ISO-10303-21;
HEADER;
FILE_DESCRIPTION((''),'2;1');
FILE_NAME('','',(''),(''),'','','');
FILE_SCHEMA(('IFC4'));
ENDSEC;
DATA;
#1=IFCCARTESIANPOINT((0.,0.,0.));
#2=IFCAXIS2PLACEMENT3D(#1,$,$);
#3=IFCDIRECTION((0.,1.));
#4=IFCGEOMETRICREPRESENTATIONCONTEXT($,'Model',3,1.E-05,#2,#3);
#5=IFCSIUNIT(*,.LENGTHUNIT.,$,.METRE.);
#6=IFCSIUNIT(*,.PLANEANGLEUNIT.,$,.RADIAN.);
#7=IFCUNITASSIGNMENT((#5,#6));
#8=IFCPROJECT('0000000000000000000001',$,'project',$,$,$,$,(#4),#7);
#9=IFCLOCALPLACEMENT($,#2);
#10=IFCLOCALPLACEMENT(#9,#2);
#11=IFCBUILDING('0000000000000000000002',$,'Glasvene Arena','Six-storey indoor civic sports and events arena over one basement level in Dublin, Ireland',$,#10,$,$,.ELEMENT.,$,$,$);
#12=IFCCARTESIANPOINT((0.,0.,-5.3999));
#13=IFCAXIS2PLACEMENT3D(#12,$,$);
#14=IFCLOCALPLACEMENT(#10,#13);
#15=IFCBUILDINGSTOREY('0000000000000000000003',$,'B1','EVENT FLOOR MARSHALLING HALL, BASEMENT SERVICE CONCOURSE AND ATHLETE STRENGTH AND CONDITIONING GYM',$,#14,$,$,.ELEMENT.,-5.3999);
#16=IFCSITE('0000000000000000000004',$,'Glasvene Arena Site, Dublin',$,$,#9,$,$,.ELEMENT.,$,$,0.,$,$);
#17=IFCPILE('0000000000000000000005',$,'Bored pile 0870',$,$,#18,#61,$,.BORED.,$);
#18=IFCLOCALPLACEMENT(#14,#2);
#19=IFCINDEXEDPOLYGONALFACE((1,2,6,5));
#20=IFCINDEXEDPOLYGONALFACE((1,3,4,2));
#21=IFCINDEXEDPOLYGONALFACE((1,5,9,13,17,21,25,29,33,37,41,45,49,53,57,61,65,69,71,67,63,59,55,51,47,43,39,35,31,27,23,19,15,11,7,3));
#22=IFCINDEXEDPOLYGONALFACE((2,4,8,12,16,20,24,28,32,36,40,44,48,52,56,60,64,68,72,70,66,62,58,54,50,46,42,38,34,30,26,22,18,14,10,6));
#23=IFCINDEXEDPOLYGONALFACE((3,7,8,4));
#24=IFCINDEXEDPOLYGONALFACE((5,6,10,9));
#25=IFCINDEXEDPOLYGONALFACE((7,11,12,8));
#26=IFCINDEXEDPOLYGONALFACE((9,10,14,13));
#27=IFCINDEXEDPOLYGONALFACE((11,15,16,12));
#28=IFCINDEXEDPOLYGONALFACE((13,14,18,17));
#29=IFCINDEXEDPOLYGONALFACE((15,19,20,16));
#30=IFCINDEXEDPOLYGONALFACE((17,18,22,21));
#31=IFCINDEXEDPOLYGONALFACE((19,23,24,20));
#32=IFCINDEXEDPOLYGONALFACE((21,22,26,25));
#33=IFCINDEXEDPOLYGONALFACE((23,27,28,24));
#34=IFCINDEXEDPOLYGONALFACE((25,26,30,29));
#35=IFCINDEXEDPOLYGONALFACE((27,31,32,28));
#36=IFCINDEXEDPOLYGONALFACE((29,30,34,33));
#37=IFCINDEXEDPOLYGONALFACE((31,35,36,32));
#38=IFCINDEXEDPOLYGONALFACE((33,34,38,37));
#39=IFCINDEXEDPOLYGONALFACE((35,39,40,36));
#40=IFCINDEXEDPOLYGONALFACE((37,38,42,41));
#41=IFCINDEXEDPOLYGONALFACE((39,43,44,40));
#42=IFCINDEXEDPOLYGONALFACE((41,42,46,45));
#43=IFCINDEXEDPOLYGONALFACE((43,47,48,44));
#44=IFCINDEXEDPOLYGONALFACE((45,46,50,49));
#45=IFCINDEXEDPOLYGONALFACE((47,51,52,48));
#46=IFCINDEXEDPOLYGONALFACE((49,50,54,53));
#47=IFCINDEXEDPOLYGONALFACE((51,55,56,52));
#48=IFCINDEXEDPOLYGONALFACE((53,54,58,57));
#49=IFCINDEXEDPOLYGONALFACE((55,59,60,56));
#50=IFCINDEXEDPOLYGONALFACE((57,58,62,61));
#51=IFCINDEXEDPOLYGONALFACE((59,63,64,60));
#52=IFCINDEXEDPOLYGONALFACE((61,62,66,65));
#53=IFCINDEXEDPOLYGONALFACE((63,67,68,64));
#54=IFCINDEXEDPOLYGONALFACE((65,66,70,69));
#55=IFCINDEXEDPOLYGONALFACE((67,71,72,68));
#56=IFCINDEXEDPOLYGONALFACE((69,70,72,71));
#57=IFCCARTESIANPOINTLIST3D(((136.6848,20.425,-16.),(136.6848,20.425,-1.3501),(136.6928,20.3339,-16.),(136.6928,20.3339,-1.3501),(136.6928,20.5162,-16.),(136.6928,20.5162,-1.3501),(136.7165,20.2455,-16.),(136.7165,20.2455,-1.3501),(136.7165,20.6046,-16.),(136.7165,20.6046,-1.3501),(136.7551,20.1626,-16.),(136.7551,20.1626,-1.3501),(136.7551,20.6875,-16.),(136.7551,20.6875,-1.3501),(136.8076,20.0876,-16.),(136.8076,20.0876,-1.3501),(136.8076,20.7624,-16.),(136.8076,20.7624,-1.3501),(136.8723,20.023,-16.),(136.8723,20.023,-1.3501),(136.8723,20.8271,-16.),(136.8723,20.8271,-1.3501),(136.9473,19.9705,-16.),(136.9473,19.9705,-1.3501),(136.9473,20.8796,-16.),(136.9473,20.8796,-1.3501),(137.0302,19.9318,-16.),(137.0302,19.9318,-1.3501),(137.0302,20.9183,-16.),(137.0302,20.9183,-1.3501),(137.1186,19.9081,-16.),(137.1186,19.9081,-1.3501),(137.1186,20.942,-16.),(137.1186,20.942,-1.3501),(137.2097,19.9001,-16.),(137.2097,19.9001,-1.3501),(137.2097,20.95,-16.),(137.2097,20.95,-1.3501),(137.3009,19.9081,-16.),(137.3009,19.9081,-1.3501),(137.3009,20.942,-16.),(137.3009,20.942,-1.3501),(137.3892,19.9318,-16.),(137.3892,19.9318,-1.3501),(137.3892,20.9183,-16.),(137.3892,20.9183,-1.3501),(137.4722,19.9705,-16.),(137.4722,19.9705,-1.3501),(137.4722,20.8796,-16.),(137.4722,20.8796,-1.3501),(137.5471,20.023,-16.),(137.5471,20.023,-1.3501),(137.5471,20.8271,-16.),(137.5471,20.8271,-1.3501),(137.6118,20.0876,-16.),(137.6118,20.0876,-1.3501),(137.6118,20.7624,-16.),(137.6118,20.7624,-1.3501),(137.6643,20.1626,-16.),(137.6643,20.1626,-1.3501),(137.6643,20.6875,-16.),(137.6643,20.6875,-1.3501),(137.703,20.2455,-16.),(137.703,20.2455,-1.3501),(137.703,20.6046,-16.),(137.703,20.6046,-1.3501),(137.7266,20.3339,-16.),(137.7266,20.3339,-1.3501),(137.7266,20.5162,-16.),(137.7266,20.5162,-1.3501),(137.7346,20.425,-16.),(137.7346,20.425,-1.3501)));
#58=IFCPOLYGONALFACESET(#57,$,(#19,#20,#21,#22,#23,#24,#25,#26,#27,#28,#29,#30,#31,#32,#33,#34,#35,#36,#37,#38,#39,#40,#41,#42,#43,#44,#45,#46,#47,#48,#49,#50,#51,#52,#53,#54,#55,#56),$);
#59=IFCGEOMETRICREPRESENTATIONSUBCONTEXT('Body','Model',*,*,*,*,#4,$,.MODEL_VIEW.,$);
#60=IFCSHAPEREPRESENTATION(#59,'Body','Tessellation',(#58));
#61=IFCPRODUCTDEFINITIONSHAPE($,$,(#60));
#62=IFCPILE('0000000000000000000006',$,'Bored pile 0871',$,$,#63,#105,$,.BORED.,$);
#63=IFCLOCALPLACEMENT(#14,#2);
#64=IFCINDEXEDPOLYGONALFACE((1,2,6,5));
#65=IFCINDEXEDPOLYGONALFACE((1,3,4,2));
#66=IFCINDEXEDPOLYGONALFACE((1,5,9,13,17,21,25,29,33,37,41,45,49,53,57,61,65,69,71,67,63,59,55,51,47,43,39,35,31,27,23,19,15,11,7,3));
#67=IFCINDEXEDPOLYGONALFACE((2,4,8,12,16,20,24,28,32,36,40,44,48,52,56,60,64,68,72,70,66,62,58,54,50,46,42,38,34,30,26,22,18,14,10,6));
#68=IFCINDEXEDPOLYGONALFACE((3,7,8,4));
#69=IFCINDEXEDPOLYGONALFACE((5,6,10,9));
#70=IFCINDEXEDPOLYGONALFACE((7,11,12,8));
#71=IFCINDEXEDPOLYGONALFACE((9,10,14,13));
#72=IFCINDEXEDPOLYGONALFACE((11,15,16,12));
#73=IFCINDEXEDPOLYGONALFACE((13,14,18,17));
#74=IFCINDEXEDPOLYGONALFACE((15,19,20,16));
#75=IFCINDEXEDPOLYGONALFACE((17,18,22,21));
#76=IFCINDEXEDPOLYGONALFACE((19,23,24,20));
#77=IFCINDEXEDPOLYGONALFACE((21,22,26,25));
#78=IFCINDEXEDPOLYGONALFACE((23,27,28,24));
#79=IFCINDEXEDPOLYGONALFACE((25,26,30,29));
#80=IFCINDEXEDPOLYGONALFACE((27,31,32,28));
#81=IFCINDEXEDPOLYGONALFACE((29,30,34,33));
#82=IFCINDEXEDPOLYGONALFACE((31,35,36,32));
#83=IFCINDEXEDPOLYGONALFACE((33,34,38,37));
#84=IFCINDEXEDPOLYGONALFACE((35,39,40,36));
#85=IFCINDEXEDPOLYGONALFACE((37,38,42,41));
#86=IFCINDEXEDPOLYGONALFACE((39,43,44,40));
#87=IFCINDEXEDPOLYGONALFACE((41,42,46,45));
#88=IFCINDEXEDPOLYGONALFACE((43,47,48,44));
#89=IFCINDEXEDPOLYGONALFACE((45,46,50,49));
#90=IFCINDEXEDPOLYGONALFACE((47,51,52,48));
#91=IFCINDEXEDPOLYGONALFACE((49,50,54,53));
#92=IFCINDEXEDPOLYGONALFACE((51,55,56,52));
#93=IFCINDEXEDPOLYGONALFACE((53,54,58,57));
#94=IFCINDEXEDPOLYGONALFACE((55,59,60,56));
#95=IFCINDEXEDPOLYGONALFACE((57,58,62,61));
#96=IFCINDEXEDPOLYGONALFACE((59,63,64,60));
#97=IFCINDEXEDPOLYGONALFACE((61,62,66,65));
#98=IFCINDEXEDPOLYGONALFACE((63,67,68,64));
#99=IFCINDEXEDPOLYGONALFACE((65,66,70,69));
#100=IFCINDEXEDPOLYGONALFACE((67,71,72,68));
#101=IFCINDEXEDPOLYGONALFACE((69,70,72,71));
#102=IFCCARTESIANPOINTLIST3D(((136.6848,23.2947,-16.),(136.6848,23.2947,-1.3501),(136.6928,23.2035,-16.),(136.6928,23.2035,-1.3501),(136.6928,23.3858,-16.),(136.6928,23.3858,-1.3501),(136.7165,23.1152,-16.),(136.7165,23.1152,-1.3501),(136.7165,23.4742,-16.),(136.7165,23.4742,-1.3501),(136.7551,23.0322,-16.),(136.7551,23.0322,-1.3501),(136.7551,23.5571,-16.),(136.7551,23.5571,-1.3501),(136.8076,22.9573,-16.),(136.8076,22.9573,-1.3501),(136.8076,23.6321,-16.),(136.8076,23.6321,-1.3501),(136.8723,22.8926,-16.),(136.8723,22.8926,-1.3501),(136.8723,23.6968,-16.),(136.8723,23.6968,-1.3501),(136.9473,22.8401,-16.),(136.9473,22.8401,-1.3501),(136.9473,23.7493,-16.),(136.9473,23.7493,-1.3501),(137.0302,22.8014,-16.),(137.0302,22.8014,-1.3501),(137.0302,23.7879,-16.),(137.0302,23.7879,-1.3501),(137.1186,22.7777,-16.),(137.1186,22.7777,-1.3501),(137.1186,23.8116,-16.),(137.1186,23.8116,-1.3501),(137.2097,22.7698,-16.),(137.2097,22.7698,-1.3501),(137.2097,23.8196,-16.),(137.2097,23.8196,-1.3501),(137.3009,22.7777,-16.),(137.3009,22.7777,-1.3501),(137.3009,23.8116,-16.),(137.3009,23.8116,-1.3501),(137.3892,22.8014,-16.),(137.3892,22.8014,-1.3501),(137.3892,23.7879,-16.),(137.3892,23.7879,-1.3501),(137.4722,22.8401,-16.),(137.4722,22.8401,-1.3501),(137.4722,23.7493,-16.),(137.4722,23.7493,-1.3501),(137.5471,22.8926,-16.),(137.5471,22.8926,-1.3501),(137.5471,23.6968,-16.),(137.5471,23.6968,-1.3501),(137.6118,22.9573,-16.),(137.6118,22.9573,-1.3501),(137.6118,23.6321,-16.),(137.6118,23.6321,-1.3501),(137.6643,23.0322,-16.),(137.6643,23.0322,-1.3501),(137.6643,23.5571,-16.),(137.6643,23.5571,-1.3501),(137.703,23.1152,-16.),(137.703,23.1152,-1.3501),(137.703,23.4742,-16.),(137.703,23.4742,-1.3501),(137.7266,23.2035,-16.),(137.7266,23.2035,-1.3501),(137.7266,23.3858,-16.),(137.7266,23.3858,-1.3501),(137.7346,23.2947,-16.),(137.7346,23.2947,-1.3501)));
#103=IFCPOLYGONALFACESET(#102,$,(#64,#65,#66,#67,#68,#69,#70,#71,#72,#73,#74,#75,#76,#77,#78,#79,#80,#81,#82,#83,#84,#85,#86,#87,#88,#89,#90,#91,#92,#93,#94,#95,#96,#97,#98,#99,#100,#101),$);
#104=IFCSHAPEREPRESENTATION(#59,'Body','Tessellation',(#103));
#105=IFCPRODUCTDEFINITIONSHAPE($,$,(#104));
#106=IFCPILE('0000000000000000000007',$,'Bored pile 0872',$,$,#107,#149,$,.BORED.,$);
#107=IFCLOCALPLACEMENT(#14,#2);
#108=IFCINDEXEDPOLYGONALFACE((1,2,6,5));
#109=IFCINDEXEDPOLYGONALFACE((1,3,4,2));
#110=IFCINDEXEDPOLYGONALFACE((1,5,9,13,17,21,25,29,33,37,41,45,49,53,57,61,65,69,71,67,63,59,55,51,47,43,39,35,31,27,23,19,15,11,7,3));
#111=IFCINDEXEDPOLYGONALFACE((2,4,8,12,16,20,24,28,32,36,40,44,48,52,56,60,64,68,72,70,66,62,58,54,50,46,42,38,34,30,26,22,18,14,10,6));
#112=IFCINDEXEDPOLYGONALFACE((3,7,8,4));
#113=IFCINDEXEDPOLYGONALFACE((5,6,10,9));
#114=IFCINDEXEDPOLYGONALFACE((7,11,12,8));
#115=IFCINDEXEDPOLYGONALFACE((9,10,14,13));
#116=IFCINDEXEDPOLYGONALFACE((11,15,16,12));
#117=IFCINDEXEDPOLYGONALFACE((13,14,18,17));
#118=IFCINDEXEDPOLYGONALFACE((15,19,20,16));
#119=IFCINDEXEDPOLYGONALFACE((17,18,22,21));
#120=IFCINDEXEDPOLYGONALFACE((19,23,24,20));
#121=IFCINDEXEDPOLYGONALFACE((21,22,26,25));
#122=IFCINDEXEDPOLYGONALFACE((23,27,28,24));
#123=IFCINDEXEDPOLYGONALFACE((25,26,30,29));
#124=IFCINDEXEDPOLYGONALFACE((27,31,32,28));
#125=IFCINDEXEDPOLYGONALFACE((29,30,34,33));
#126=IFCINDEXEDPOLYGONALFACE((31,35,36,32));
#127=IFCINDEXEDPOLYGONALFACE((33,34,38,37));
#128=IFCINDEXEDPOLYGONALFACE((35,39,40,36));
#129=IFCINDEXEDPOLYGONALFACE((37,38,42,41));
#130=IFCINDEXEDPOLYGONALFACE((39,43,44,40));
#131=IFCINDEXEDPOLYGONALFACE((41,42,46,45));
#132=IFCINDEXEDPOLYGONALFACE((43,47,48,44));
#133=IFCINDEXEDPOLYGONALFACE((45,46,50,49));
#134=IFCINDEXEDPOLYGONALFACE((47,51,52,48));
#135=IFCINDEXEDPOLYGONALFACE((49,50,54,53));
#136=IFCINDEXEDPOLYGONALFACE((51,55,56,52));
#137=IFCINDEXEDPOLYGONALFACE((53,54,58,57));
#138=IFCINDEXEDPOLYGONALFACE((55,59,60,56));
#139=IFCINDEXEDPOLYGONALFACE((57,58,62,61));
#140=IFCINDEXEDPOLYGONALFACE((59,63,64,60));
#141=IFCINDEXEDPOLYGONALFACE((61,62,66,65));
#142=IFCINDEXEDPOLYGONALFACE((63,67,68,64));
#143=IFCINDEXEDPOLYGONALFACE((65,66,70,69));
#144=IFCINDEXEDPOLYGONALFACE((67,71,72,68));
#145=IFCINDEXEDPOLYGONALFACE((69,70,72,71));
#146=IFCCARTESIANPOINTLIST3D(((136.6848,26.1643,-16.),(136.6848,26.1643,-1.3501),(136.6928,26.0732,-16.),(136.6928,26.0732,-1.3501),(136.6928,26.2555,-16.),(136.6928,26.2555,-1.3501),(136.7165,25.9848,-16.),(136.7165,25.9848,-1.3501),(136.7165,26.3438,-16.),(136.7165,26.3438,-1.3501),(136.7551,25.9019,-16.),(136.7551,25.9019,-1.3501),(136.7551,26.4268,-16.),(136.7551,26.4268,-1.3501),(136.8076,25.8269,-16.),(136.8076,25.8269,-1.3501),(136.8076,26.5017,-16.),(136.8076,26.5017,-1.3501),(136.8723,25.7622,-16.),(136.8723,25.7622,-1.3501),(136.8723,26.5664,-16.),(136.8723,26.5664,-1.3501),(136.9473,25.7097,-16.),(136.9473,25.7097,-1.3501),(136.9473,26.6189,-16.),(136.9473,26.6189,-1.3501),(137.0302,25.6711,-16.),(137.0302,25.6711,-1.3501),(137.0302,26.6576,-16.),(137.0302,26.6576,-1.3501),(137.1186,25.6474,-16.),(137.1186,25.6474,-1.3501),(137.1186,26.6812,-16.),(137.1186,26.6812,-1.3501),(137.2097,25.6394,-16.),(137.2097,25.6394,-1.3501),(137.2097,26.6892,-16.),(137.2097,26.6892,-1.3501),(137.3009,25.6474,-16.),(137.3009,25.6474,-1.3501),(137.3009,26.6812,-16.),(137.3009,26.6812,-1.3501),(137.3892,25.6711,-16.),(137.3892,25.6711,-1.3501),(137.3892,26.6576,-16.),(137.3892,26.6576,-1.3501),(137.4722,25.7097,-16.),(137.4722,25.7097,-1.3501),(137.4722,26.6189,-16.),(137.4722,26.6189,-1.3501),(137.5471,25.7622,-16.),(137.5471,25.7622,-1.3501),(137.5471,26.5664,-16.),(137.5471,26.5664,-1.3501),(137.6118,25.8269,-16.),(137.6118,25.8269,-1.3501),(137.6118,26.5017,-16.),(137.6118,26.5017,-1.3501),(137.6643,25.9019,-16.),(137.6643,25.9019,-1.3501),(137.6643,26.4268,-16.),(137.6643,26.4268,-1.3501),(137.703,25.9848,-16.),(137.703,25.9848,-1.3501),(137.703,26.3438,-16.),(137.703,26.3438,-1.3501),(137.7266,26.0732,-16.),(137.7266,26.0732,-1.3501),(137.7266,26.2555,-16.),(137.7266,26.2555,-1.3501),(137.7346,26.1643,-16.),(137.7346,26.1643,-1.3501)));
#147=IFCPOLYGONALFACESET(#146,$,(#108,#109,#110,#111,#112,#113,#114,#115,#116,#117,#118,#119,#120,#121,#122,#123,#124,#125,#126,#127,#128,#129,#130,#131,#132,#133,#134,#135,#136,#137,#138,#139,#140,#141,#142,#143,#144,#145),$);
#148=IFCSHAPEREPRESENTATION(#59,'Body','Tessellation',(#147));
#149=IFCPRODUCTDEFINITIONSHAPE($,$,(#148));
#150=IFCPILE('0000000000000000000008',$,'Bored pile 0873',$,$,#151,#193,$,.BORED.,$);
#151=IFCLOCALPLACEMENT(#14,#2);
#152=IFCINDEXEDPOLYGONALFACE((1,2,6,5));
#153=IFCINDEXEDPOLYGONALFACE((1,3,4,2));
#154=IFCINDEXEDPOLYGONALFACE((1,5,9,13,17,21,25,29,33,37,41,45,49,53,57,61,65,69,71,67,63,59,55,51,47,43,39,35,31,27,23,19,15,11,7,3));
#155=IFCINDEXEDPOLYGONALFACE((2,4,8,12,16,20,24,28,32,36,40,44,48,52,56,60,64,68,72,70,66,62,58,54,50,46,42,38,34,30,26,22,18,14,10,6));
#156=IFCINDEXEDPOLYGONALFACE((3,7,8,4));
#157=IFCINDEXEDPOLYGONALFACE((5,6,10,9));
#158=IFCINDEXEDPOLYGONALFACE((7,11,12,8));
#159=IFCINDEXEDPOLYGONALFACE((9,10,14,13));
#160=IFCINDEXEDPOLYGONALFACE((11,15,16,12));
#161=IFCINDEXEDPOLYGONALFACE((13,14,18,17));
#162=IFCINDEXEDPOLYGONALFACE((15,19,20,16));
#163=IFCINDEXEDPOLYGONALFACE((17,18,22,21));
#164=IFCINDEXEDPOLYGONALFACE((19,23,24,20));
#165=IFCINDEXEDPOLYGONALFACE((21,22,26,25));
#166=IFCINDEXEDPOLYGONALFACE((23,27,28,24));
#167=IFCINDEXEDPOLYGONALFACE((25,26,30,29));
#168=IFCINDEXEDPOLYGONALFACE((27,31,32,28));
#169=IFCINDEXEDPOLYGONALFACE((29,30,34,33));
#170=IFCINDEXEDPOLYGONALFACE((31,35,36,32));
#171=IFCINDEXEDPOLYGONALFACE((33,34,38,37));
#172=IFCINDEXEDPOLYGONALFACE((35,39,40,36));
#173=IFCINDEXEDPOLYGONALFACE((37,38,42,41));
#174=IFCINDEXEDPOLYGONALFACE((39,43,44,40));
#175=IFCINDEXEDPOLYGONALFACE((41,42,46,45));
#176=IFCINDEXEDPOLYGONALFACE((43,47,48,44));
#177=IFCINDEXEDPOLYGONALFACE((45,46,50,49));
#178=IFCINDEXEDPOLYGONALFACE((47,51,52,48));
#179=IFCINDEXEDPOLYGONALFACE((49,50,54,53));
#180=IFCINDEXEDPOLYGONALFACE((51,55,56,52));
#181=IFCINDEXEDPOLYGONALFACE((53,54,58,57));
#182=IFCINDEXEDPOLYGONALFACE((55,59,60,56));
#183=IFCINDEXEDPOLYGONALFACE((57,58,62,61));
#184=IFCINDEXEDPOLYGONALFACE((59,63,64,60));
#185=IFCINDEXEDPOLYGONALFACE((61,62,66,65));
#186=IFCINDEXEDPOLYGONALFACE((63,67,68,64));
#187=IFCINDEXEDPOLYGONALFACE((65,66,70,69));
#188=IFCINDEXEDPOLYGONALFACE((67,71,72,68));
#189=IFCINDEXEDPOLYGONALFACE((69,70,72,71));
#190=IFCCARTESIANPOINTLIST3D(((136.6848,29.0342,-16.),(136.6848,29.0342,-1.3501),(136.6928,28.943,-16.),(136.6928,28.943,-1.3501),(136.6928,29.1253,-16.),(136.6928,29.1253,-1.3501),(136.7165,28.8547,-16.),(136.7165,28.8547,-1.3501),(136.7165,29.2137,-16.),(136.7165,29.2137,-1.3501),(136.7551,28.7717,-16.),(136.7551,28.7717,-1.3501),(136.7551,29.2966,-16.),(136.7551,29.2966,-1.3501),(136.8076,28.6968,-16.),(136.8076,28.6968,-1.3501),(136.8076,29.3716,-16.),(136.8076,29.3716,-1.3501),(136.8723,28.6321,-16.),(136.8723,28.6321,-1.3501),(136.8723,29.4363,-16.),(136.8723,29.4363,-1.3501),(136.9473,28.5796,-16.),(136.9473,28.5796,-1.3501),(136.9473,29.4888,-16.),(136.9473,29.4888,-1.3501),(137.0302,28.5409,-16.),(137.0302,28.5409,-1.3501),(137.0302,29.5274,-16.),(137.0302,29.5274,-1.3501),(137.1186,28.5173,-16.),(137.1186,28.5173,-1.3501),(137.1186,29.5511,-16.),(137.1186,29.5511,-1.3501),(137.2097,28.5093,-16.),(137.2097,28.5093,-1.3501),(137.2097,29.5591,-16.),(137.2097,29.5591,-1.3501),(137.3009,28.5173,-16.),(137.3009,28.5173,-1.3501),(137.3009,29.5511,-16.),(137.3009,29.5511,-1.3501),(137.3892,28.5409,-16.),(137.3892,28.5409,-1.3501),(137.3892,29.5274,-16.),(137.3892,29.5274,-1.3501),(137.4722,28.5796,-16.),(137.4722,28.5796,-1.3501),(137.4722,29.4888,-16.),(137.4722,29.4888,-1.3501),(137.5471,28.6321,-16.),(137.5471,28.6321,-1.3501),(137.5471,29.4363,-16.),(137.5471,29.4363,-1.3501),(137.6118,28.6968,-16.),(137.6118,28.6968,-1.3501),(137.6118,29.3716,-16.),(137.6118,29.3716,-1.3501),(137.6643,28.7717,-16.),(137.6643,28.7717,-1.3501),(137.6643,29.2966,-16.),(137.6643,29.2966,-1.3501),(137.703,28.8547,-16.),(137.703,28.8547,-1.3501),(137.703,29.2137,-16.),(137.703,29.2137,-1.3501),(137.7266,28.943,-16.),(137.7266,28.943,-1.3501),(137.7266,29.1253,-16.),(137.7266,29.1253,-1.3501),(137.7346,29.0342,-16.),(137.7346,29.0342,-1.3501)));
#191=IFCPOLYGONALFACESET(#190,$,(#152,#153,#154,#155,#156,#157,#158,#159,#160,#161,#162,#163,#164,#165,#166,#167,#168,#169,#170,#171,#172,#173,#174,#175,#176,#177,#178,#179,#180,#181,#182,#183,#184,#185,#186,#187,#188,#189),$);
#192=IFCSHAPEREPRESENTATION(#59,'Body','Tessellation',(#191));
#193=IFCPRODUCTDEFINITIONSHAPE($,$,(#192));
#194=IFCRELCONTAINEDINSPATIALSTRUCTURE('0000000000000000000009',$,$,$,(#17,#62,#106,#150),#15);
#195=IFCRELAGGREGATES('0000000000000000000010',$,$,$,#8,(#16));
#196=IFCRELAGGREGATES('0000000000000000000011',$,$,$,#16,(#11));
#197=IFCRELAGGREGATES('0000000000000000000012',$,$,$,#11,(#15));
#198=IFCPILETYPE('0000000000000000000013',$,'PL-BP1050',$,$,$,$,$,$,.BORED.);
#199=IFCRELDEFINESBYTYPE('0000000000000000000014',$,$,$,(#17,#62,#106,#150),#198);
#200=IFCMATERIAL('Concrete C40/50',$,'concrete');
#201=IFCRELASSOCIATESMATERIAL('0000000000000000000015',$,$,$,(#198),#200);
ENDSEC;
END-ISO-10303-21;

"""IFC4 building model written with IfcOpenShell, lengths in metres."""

from ifc_helpers import new_model, si_unit, direction, frame, origin, origin_2d, place, context, subcontext, project, spatial, circle, extrude, material, material_profile, profile_set, type_object, element, save


model = new_model("IFC4")

# Units and contexts
model_context = context("Model", 3, precision=1e-05, world=origin(), true_north=direction((0.0, 1.0)))
body_context = subcontext(model_context, "Body", "Model", "MODEL_VIEW")
ifc_project = project(units=[si_unit("LENGTHUNIT", "METRE"), si_unit("PLANEANGLEUNIT", "RADIAN")], contexts=[model_context])

# Site, building, storey
site_placement = place(None, origin())
site = spatial("IfcSite", under=ifc_project, at=site_placement, Name="Glasvene Arena Site, Dublin", CompositionType="ELEMENT", RefElevation=0.0)
building_placement = place(site_placement, origin())
building = spatial("IfcBuilding", under=site, at=building_placement, Name="Glasvene Arena", Description="Six-storey indoor civic sports and events arena over one basement level in Dublin, Ireland", CompositionType="ELEMENT")
storey_placement = place(building_placement, frame((0.0, 0.0, -5.3999)))
storey = spatial("IfcBuildingStorey", under=building, at=storey_placement, Name="B1", Description="EVENT FLOOR MARSHALLING HALL, BASEMENT SERVICE CONCOURSE AND ATHLETE STRENGTH AND CONDITIONING GYM", CompositionType="ELEMENT", Elevation=-5.3999)

# Piles
ifc_material = material(Name="Concrete C40/50", Category="concrete")
ifc_material_profile_1 = material_profile(ifc_material, circle(Radius=0.5249, at=origin_2d()), Name="BORED PILE 1050")
ifc_profile_set_1 = profile_set([ifc_material_profile_1], Name="Concrete C40/50")
pile_type = type_object("IfcPileType", Name="PL-BP1050", PredefinedType="BORED", material=ifc_profile_set_1)
for number, where, z_axis, x_axis, name in (
    (1, (137.2097, 20.425, -1.3501), (0.0, 0.0, -1.0), (1.0, 0.0, 0.0), "Bored pile 0870"),
    (2, (137.2097, 23.2947, -1.3501), (0.0, 0.0, -1.0), (1.0, 0.0, 0.0), "Bored pile 0871"),
    (3, (137.2097, 26.1643, -1.3501), (0.0, 0.0, -1.0), (1.0, 0.0, 0.0), "Bored pile 0872"),
    (4, (137.2097, 29.0342, -1.3501), (0.0, 0.0, -1.0), (1.0, 0.0, 0.0), "Bored pile 0873"),
):
    element("IfcPile", number, at=place(storey_placement, frame(where, z_axis=z_axis, x_axis=x_axis)), inside=storey, type_object=pile_type, Name=name, PredefinedType="BORED", context=body_context, shape_type="SweptSolid", body=[
        extrude(circle(Radius=0.5249, at=origin_2d()), origin(), (0.0, 0.0, 1.0), 14.6499),
    ])

save(model, "model.ifc")
